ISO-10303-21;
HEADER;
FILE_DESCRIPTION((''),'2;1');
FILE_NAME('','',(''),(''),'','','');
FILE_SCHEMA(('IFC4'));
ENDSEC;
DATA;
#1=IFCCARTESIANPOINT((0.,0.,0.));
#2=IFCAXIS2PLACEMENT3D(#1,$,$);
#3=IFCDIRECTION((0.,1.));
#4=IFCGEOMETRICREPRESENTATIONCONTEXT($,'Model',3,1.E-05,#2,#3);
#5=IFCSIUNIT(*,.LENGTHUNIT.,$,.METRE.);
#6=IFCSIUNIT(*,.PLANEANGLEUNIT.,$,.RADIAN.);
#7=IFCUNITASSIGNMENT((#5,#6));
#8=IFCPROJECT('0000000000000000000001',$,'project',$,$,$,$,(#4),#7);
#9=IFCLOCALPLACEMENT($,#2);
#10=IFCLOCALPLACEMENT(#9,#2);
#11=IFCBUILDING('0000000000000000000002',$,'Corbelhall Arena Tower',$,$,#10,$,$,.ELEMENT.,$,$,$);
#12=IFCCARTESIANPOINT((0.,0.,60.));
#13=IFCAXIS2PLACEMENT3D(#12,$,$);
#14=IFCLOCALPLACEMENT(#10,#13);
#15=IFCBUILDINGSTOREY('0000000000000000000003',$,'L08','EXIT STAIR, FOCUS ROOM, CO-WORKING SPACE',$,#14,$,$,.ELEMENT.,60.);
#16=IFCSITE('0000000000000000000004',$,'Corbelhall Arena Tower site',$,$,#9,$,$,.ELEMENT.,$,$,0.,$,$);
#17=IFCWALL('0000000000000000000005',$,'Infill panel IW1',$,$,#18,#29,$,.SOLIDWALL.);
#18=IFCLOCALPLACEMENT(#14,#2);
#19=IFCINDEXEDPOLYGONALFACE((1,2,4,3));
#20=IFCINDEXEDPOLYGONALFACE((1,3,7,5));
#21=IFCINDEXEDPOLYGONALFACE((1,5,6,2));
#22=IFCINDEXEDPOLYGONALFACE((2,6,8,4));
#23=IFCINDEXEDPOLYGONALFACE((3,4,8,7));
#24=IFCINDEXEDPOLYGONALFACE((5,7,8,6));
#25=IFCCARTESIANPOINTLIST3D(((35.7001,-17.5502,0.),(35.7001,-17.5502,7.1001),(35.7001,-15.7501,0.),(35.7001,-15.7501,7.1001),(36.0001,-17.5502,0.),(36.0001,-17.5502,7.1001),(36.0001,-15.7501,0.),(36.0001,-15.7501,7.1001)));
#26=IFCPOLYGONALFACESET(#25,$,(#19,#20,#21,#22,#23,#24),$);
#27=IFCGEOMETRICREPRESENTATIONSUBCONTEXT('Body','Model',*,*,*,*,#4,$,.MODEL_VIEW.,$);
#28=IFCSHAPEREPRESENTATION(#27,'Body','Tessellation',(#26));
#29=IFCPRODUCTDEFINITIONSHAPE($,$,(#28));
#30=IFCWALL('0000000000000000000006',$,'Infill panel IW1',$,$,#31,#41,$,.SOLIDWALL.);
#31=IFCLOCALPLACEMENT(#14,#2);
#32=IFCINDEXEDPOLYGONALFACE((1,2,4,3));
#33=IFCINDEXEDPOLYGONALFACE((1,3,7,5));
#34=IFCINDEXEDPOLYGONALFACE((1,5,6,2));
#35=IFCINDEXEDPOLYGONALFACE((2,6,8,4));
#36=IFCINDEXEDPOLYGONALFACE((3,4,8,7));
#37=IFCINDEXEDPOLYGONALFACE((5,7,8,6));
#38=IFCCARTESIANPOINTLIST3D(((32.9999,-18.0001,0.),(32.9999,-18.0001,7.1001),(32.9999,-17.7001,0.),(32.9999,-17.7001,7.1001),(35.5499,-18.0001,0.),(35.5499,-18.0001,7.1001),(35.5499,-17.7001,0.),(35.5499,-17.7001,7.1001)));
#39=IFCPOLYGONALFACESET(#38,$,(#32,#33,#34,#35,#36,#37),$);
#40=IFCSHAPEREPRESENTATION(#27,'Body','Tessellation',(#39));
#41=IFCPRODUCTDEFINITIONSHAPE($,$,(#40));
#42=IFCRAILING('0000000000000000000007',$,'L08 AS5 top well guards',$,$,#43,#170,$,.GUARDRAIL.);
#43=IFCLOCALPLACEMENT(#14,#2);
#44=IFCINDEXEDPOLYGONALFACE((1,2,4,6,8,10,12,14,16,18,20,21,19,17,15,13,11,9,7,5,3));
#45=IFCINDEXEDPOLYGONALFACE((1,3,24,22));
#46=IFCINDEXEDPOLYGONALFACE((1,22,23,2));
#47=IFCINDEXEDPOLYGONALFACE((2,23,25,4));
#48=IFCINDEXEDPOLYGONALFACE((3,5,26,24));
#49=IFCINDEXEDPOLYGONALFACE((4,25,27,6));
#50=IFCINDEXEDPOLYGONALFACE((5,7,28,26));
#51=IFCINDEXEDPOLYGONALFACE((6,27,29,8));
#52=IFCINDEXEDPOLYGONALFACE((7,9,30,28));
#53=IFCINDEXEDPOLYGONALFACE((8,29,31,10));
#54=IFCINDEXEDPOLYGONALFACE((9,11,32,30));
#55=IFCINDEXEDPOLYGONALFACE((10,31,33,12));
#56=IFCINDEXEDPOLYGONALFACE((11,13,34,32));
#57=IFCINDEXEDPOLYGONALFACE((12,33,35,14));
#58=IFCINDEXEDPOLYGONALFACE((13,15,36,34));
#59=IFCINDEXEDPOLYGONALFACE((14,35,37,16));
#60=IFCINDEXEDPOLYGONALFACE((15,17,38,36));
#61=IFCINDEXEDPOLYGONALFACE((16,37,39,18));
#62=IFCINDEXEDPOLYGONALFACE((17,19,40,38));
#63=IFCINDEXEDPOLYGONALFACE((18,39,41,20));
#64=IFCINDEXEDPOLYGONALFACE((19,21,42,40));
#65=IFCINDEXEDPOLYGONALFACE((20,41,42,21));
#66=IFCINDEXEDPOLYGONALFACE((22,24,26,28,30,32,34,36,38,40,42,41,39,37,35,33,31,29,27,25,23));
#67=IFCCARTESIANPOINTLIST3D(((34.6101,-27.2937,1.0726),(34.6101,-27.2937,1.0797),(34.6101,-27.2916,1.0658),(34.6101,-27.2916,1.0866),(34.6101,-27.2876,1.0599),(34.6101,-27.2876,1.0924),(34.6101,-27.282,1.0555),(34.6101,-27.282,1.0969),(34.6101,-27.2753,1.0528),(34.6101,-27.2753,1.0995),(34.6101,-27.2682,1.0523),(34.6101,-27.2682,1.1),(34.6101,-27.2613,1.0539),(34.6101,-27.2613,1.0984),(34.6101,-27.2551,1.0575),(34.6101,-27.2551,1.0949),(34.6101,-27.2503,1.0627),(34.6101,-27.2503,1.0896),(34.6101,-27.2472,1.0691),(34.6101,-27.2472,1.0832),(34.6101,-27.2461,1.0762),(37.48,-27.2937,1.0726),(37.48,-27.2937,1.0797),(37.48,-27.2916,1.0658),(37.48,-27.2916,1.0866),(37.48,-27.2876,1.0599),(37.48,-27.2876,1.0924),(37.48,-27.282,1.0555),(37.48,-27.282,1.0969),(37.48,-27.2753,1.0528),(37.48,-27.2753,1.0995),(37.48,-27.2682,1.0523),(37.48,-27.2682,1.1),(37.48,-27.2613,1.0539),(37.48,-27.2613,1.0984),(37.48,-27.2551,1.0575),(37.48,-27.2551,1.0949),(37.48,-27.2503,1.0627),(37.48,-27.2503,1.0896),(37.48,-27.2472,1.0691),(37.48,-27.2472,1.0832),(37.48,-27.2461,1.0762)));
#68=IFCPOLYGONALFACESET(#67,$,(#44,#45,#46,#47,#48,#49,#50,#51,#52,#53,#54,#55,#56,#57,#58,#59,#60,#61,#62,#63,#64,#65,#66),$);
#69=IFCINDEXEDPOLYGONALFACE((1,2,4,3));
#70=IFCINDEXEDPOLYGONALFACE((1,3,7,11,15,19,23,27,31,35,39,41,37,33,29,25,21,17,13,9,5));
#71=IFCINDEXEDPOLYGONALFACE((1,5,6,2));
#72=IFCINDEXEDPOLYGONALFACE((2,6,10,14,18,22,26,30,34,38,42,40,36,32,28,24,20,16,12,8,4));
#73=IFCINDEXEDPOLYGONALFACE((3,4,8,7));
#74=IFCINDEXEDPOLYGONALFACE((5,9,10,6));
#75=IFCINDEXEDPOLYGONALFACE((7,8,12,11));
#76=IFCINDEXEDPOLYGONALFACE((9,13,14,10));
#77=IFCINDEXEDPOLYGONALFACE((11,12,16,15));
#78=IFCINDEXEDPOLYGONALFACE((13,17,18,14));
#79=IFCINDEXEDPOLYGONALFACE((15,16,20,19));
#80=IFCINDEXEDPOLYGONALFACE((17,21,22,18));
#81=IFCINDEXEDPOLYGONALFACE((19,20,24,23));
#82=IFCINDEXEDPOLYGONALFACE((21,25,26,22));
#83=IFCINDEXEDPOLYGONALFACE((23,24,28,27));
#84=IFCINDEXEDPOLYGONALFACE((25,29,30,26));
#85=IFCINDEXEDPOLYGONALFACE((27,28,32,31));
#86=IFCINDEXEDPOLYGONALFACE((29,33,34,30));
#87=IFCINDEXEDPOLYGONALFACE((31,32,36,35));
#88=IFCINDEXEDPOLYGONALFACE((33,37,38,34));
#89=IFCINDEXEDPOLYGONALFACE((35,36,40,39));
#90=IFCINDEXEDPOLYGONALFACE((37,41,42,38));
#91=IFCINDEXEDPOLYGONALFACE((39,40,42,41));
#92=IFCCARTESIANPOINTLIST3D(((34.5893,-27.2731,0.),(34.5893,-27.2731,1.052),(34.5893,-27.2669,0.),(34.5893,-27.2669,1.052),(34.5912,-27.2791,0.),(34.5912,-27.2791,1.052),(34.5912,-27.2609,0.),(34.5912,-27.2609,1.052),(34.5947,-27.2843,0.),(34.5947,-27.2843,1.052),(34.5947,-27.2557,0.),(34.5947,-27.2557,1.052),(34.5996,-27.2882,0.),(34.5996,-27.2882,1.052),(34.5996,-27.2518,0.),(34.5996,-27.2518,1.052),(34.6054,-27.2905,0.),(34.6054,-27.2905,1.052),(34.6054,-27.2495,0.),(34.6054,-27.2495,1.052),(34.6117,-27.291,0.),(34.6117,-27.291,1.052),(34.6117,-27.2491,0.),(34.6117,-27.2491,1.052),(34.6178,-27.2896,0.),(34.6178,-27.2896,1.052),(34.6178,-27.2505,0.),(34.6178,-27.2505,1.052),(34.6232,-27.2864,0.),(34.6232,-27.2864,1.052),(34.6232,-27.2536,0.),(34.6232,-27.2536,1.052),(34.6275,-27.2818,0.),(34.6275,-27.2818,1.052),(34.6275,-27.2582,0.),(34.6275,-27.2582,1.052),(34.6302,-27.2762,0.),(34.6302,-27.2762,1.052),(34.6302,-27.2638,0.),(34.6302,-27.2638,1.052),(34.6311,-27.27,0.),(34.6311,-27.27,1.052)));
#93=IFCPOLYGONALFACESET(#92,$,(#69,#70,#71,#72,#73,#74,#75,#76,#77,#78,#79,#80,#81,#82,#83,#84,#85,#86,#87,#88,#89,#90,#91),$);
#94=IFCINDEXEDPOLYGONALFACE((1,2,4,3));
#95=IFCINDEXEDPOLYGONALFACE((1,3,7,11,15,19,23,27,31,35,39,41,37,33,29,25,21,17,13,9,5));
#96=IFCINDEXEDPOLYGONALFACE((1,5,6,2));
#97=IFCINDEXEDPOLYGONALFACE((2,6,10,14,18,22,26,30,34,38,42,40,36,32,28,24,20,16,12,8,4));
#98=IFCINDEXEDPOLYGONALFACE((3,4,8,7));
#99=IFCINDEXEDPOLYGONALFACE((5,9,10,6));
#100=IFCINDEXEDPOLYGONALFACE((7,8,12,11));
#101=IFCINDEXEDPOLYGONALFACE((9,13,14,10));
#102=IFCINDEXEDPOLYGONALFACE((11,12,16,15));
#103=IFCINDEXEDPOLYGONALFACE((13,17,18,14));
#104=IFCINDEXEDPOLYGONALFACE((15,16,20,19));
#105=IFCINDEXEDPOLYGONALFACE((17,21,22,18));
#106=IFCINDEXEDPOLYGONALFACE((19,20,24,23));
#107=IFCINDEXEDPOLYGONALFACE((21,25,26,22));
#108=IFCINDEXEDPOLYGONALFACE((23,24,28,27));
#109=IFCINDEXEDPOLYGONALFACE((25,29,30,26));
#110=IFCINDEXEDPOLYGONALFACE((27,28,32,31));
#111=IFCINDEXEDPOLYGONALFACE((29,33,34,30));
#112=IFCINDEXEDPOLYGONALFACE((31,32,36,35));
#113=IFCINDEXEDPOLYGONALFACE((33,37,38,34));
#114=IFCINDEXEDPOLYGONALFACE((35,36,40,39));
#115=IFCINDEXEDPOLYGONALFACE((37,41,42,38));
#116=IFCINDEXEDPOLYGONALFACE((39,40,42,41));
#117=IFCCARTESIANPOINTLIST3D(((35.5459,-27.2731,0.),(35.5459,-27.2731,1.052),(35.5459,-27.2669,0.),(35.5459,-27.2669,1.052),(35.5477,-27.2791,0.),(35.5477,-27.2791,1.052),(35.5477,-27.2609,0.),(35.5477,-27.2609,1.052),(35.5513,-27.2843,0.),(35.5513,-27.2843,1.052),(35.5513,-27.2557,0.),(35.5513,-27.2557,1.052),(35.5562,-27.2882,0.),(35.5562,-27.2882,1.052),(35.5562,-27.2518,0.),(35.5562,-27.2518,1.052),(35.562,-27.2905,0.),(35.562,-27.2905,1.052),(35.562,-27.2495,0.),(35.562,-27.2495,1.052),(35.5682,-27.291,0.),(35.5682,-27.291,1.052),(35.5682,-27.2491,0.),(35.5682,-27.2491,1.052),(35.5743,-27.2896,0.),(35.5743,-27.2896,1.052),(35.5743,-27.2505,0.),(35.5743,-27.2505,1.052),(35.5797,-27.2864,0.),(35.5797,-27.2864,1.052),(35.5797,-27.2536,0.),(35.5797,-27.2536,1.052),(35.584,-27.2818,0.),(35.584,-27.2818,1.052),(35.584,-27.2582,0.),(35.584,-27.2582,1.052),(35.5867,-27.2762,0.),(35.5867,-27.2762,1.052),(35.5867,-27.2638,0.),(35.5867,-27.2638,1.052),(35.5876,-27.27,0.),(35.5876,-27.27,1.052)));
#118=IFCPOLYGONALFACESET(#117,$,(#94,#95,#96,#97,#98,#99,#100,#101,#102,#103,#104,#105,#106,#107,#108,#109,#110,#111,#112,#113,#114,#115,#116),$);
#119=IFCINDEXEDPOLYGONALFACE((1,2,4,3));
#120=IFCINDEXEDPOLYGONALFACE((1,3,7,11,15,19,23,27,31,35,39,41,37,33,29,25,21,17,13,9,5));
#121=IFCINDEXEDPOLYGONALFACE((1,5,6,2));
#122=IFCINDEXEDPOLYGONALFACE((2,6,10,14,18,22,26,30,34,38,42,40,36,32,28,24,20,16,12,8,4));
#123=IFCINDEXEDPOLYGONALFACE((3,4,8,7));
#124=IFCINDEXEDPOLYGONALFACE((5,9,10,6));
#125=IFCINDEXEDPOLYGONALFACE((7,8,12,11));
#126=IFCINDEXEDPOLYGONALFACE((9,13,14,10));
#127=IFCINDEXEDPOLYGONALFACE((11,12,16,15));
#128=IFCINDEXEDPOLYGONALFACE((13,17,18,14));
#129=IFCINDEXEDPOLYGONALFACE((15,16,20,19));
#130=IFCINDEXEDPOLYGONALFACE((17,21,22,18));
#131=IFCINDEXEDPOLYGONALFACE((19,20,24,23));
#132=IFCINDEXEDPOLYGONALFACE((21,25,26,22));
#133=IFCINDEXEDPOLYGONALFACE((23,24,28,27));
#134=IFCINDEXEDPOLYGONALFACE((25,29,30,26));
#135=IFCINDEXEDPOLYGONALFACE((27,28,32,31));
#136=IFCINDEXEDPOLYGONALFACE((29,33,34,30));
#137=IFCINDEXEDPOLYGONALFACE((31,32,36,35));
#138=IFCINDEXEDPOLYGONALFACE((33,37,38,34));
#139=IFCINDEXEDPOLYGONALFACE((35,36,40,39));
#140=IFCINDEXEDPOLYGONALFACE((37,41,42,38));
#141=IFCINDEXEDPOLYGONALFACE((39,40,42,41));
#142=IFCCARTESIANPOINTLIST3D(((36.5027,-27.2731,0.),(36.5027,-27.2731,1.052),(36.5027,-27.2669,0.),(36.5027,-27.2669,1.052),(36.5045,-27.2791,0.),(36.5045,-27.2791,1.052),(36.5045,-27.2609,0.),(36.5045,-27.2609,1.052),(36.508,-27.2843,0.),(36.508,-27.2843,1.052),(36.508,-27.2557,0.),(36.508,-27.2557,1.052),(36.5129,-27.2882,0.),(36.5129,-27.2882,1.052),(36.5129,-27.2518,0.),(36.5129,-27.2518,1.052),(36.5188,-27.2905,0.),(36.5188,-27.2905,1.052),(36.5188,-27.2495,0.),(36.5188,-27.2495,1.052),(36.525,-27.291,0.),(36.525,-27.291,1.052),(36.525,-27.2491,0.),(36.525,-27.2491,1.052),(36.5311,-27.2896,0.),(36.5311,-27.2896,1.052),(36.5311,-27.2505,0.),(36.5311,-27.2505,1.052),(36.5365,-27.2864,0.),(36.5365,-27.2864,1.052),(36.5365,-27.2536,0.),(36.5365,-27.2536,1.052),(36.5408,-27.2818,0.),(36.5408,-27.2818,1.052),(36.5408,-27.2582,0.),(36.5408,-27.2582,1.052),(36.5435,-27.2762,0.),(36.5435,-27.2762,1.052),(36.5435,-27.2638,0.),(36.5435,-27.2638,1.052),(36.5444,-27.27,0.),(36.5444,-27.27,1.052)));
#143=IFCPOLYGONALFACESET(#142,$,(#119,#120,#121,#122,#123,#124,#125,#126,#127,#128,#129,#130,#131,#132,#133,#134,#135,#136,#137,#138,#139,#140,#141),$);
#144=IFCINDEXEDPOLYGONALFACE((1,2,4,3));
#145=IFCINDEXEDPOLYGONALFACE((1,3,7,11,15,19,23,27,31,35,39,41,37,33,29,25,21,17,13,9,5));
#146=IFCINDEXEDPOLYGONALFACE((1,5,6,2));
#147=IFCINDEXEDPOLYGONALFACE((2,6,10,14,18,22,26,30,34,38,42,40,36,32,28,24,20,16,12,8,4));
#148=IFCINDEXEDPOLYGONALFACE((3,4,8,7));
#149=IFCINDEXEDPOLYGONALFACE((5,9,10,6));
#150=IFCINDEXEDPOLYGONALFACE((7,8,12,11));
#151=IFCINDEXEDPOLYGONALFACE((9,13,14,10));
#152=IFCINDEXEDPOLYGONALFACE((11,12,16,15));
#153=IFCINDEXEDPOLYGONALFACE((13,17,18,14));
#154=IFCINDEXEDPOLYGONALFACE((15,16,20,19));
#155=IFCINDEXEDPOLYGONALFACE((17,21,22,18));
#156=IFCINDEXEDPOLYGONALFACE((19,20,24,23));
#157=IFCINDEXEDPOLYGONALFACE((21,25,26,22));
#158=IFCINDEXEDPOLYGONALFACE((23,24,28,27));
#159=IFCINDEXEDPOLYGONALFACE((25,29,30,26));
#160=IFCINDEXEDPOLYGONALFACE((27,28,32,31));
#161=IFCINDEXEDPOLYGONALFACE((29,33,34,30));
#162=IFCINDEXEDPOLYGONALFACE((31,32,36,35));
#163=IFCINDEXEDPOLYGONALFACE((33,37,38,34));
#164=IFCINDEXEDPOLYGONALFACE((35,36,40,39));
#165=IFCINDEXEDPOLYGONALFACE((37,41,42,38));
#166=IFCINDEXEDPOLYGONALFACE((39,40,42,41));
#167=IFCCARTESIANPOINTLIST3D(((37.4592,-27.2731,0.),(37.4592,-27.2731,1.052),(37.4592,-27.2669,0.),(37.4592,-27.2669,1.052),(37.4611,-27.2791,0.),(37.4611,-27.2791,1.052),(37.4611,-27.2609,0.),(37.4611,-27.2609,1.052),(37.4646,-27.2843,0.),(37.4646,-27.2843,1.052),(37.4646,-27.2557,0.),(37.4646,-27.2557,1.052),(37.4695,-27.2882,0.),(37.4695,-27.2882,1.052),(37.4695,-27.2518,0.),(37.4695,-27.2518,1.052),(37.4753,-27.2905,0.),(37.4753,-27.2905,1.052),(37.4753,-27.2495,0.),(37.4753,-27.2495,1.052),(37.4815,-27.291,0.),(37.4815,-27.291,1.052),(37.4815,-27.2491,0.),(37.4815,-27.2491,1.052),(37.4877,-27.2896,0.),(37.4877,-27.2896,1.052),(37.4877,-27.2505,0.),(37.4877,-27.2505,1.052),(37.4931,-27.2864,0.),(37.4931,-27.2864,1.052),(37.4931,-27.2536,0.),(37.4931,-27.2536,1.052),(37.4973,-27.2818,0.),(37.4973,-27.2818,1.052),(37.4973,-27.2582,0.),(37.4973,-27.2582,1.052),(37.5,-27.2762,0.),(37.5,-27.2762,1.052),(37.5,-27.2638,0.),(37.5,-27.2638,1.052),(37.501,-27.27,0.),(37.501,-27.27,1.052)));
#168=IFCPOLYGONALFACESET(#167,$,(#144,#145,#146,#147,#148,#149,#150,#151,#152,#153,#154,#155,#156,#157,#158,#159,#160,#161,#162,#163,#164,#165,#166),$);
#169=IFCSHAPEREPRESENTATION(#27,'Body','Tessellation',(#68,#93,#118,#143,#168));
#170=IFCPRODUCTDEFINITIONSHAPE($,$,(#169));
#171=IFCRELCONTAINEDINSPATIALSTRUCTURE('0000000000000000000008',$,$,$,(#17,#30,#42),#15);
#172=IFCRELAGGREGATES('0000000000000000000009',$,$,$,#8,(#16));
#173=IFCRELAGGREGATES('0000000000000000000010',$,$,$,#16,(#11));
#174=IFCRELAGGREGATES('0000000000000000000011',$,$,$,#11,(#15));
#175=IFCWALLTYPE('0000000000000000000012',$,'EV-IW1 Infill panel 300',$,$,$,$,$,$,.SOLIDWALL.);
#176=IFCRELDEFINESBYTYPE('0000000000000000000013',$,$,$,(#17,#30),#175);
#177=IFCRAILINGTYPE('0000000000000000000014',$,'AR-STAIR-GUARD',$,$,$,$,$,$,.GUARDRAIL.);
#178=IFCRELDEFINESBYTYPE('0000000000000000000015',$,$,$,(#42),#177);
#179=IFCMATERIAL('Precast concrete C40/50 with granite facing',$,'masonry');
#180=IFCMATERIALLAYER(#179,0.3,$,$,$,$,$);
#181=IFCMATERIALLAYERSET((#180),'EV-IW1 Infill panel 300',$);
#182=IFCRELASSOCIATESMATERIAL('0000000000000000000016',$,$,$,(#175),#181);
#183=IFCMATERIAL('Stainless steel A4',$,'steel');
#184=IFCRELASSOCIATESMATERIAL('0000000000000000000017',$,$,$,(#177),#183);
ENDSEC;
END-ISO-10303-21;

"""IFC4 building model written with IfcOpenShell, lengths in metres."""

from ifc_helpers import new_model, si_unit, direction, frame, frame_2d, origin, origin_2d, place, context, subcontext, project, spatial, rectangle, circle, extrude, material, layer, layer_set, type_object, element, save


model = new_model("IFC4")

# Units and contexts
model_context = context("Model", 3, precision=1e-05, world=origin(), true_north=direction((0.0, 1.0)))
body_context = subcontext(model_context, "Body", "Model", "MODEL_VIEW")
ifc_project = project(units=[si_unit("LENGTHUNIT", "METRE"), si_unit("PLANEANGLEUNIT", "RADIAN")], contexts=[model_context])

# Site, building, storey
site_placement = place(None, origin())
site = spatial("IfcSite", under=ifc_project, at=site_placement, Name="Corbelhall Arena Tower site", CompositionType="ELEMENT", RefElevation=0.0)
building_placement = place(site_placement, origin())
building = spatial("IfcBuilding", under=site, at=building_placement, Name="Corbelhall Arena Tower", CompositionType="ELEMENT")
storey_placement = place(building_placement, frame((0.0, 0.0, 60.0)))
storey = spatial("IfcBuildingStorey", under=building, at=storey_placement, Name="L08", Description="EXIT STAIR, FOCUS ROOM, CO-WORKING SPACE", CompositionType="ELEMENT", Elevation=60.0)

# Shared definitions
ifc_material_1 = material(Name="Stainless steel A4", Category="steel")

# Walls
ifc_material_2 = material(Name="Precast concrete C40/50 with granite facing", Category="masonry")
ifc_layer_1 = layer(ifc_material_2, 0.3)
ifc_layer_set_1 = layer_set([ifc_layer_1], Name="EV-IW1 Infill panel 300")
wall_type_1 = type_object("IfcWallType", Name="EV-IW1 Infill panel 300", PredefinedType="SOLIDWALL", material=ifc_layer_set_1)
wall_1_placement = place(storey_placement, frame((35.8501, -17.55, 0.0), z_axis=(0.0, 0.0, 1.0), x_axis=(0.0, 1.0, 0.0)))
element("IfcWall", 1, at=wall_1_placement, inside=storey, type_object=wall_type_1, Name="Infill panel IW1", PredefinedType="SOLIDWALL", context=body_context, shape_type="SweptSolid", body=[
    extrude(rectangle(XDim=1.8, YDim=0.3, at=frame_2d((0.8999, 0.0))), origin(), (0.0, 0.0, 1.0), 7.1001),
])
wall_2_placement = place(storey_placement, frame((33.0, -17.8501, 0.0), z_axis=(0.0, 0.0, 1.0), x_axis=(1.0, 0.0, 0.0)))
element("IfcWall", 2, at=wall_2_placement, inside=storey, type_object=wall_type_1, Name="Infill panel IW1", PredefinedType="SOLIDWALL", context=body_context, shape_type="SweptSolid", body=[
    extrude(rectangle(XDim=2.55, YDim=0.3, at=frame_2d((1.2749, 0.0))), origin(), (0.0, 0.0, 1.0), 7.1001),
])

# Railing
railing_type = type_object("IfcRailingType", Name="AR-STAIR-GUARD", PredefinedType="GUARDRAIL", material=ifc_material_1)
for number, where, name in (
    (3, (34.6101, -27.27, 0.0), "L08 AS5 top well guards"),
):
    element("IfcRailing", number, at=place(storey_placement, frame(where)), inside=storey, type_object=railing_type, Name=name, PredefinedType="GUARDRAIL", context=body_context, shape_type="SweptSolid", body=[
        extrude(circle(Radius=0.0239, at=origin_2d()), frame((0.0, 0.0, 1.0762), z_axis=(1.0, 0.0, 0.0), x_axis=(0.0, 1.0, 0.0)), (0.0, 0.0, 1.0), 2.8699),
        extrude(circle(Radius=0.021, at=origin_2d()), origin(), (0.0, 0.0, 1.0), 1.052),
        extrude(circle(Radius=0.021, at=origin_2d()), frame((0.9565, 0.0, 0.0)), (0.0, 0.0, 1.0), 1.052),
        extrude(circle(Radius=0.021, at=origin_2d()), frame((1.9133, 0.0, 0.0)), (0.0, 0.0, 1.0), 1.052),
        extrude(circle(Radius=0.021, at=origin_2d()), frame((2.8699, 0.0, 0.0)), (0.0, 0.0, 1.0), 1.052),
    ])

save(model, "model.ifc")
